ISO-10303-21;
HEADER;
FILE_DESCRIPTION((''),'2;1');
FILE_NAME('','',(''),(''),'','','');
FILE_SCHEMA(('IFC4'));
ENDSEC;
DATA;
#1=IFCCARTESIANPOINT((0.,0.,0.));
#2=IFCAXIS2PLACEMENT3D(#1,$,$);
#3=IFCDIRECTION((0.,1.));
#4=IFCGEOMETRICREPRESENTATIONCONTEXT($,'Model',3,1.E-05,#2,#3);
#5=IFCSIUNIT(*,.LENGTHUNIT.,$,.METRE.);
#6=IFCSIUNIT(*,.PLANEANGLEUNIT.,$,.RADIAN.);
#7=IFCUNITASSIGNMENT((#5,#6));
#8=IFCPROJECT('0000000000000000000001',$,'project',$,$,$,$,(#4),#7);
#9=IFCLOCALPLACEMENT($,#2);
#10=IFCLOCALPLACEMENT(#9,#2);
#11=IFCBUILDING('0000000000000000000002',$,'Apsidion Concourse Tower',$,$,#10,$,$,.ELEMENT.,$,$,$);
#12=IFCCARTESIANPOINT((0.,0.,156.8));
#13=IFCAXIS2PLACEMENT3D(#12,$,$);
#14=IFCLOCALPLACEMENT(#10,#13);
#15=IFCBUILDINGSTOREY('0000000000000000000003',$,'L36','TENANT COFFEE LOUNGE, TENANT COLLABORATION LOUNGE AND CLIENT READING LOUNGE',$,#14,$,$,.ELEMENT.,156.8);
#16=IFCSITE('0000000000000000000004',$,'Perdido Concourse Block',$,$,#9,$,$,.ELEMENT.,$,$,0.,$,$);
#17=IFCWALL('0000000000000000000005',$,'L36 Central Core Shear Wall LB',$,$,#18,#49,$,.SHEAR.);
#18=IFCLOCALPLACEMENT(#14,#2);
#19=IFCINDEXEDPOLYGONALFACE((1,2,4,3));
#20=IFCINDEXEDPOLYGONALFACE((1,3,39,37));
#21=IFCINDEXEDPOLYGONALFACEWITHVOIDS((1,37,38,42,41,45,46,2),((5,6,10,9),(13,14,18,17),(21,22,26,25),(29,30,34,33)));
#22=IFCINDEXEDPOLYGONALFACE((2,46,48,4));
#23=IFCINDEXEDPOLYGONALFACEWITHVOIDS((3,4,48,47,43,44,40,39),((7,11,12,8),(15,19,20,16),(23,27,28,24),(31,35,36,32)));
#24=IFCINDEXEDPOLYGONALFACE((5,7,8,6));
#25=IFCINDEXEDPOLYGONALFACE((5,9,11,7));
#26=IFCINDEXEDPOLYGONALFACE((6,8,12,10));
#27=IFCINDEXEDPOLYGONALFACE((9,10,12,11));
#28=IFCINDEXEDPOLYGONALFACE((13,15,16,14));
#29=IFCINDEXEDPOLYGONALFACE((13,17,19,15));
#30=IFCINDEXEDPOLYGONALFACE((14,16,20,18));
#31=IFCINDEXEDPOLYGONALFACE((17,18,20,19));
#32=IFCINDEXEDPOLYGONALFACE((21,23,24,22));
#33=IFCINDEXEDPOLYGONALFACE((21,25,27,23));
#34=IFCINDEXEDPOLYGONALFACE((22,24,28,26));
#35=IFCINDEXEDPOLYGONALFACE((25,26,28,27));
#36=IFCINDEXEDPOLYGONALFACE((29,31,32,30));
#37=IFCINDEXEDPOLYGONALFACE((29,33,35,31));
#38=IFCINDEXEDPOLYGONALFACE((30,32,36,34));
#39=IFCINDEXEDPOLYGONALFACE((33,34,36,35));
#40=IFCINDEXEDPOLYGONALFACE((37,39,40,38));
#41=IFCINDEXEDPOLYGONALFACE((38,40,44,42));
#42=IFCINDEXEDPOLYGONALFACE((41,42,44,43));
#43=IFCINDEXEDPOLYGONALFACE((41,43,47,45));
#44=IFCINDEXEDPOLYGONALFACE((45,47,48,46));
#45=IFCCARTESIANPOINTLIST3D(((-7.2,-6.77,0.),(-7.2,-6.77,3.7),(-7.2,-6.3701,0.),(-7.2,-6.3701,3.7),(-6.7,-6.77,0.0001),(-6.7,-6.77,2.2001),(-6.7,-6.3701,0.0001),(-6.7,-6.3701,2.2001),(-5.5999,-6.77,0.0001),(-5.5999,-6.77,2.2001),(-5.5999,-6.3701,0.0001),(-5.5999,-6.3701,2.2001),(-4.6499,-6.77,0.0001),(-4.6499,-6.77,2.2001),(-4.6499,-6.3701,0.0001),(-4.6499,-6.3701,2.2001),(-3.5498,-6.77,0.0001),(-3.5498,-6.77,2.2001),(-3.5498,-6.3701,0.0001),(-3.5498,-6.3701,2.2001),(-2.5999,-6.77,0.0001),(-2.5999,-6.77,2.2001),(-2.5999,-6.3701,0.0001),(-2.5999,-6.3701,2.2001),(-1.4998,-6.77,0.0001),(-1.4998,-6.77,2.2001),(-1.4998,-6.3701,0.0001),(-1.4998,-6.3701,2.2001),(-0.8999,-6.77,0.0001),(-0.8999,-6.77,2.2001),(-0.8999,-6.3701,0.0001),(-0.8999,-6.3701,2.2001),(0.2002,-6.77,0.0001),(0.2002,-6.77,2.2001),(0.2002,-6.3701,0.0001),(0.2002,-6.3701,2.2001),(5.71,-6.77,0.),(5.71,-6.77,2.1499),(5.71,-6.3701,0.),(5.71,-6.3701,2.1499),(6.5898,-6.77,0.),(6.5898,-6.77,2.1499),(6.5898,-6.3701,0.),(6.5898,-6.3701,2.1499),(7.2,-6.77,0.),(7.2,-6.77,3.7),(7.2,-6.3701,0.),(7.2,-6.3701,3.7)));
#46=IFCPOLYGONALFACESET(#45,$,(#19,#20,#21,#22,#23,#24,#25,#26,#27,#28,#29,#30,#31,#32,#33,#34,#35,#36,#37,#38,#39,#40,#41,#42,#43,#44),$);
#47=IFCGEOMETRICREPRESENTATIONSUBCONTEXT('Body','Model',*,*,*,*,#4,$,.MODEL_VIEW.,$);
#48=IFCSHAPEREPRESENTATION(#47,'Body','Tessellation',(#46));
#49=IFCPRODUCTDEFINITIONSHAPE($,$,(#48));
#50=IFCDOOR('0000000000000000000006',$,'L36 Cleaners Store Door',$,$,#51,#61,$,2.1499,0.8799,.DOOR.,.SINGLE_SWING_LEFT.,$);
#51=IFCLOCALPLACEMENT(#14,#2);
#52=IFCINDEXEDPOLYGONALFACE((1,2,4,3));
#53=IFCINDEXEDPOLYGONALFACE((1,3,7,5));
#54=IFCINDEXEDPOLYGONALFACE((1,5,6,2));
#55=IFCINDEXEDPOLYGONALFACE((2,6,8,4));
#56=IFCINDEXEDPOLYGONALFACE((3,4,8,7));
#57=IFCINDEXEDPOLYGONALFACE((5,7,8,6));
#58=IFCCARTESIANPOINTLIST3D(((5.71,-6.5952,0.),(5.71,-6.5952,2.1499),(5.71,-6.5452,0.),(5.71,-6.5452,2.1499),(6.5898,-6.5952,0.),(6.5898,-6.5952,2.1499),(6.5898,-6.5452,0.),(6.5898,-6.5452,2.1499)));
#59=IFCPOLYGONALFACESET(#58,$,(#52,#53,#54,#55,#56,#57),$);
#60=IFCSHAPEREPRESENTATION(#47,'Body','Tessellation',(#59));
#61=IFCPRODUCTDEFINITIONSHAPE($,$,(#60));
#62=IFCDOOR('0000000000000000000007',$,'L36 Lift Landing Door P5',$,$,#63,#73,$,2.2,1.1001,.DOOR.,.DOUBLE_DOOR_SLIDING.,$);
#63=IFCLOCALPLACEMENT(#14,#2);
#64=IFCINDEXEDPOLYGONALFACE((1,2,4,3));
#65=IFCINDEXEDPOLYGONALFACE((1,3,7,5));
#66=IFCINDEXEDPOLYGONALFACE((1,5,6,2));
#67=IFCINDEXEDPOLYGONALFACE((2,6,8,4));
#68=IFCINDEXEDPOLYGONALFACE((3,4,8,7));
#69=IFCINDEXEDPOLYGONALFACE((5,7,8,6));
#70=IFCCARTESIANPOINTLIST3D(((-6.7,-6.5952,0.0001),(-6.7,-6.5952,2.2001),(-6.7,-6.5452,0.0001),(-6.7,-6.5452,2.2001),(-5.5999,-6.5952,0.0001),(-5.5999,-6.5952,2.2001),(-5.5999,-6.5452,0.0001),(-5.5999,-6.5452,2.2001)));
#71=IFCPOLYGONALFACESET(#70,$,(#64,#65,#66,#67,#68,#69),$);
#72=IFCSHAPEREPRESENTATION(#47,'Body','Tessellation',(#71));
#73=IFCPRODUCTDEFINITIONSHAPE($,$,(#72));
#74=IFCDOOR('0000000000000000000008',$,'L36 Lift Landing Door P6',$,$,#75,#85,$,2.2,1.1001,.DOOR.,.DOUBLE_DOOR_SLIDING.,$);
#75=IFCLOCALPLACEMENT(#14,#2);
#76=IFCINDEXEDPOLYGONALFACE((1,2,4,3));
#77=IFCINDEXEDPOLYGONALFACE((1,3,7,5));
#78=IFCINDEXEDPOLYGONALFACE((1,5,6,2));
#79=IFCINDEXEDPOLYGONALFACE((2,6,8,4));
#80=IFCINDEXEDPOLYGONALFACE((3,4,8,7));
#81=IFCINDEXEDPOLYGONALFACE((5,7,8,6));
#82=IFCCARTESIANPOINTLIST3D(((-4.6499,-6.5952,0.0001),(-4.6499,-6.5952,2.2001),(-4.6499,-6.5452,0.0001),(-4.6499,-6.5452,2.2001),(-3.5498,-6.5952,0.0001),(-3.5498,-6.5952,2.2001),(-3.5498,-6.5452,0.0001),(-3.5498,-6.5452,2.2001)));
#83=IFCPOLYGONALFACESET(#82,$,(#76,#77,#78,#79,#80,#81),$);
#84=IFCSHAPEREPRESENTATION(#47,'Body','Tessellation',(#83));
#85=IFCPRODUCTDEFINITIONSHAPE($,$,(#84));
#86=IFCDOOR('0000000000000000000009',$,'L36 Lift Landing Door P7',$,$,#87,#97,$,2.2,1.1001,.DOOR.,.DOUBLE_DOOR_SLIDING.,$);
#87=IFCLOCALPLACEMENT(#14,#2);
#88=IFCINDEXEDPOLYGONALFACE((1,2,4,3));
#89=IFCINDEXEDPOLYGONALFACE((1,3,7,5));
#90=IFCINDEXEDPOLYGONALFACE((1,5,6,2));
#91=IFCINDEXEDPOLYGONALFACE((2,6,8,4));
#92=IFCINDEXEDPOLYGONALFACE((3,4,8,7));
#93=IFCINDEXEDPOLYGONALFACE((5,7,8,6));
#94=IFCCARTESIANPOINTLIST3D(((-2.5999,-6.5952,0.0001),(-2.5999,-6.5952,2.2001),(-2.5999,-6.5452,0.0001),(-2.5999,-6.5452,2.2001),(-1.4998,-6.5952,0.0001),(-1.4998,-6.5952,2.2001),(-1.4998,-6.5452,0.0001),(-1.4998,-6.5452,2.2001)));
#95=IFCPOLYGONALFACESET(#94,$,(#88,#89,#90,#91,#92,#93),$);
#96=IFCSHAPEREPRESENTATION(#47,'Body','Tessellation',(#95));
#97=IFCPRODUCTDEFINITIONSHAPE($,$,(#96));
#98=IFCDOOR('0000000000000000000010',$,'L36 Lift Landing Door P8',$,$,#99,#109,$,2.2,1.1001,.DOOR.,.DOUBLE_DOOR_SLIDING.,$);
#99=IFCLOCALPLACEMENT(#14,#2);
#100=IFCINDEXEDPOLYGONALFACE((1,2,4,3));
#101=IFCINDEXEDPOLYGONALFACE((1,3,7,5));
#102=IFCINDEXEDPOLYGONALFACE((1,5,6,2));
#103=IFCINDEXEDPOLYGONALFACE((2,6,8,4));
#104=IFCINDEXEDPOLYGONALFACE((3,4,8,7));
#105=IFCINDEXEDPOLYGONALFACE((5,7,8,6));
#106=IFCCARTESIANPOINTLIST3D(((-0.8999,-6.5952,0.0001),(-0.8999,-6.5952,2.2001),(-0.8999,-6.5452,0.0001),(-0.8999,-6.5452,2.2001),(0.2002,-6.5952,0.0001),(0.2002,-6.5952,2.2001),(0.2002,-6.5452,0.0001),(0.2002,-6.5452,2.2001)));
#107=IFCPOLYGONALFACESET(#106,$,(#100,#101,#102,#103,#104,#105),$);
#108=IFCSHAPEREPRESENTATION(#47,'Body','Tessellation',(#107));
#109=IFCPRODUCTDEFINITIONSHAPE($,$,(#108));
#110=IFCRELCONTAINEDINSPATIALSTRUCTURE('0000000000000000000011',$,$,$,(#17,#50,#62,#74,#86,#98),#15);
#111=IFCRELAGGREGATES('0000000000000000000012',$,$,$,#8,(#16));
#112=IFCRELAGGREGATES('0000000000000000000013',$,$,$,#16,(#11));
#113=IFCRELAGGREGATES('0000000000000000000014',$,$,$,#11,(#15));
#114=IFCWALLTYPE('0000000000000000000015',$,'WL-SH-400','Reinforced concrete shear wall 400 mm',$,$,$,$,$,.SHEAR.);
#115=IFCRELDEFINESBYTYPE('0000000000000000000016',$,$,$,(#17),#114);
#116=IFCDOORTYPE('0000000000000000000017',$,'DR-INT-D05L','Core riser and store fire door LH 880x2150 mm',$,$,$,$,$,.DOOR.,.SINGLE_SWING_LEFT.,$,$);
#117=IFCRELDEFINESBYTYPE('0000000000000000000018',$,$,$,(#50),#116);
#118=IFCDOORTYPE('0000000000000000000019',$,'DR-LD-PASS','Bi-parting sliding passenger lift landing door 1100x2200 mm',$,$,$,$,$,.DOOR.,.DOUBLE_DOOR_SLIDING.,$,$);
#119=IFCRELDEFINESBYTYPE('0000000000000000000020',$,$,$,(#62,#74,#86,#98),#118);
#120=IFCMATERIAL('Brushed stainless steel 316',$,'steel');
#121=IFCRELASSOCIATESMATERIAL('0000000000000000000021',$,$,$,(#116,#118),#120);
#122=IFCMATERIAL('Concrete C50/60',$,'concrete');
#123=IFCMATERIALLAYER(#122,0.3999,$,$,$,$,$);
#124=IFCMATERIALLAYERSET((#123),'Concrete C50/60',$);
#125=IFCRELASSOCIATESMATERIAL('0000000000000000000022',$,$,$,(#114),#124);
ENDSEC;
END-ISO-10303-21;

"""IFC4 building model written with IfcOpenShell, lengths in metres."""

from ifc_helpers import new_model, si_unit, direction, frame, frame_2d, origin, place, context, subcontext, project, spatial, rectangle, extrude, material, layer, layer_set, type_object, element, fill, save


model = new_model("IFC4")

# Units and contexts
model_context = context("Model", 3, precision=1e-05, world=origin(), true_north=direction((0.0, 1.0)))
body_context = subcontext(model_context, "Body", "Model", "MODEL_VIEW")
ifc_project = project(units=[si_unit("LENGTHUNIT", "METRE"), si_unit("PLANEANGLEUNIT", "RADIAN")], contexts=[model_context])

# Site, building, storey
site_placement = place(None, origin())
site = spatial("IfcSite", under=ifc_project, at=site_placement, Name="Perdido Concourse Block", CompositionType="ELEMENT", RefElevation=0.0)
building_placement = place(site_placement, origin())
building = spatial("IfcBuilding", under=site, at=building_placement, Name="Apsidion Concourse Tower", CompositionType="ELEMENT")
storey_placement = place(building_placement, frame((0.0, 0.0, 156.8)))
storey = spatial("IfcBuildingStorey", under=building, at=storey_placement, Name="L36", Description="TENANT COFFEE LOUNGE, TENANT COLLABORATION LOUNGE AND CLIENT READING LOUNGE", CompositionType="ELEMENT", Elevation=156.8)

# Shared definitions
ifc_material_1 = material(Name="Concrete C50/60", Category="concrete")

# Shared definitions
ifc_material_2 = material(Name="Brushed stainless steel 316", Category="steel")
door_type_1 = type_object("IfcDoorType", Name="DR-INT-D05L", Description="Core riser and store fire door LH 880x2150 mm", OperationType="SINGLE_SWING_LEFT", PredefinedType="DOOR", material=ifc_material_2)

# Shared definitions
ifc_layer_1 = layer(ifc_material_1, 0.3999)
ifc_layer_set_1 = layer_set([ifc_layer_1], Name="Concrete C50/60")
wall_type_1 = type_object("IfcWallType", Name="WL-SH-400", Description="Reinforced concrete shear wall 400 mm", PredefinedType="SHEAR", material=ifc_layer_set_1)

# Wall, openings, doors
wall_1_placement = place(storey_placement, frame((-7.2, -6.5701, 0.0), z_axis=(0.0, 0.0, 1.0), x_axis=(1.0, 0.0, 0.0)))
wall_1 = element("IfcWall", 1, at=wall_1_placement, inside=storey, type_object=wall_type_1, Name="L36 Central Core Shear Wall LB", PredefinedType="SHEAR", context=body_context, shape_type="SweptSolid", body=[
    extrude(rectangle(XDim=14.3999, YDim=0.3999, at=frame_2d((7.2, 0.0))), origin(), (0.0, 0.0, 1.0), 3.7),
])
opening_1_placement = place(wall_1_placement, frame((0.5, 0.0, 0.0)))
opening_1 = element("IfcOpeningElement", 2, at=opening_1_placement, cuts=wall_1, PredefinedType="OPENING", context=body_context, shape_type="SweptSolid", body=[
    extrude(rectangle(XDim=1.1001, YDim=2.2, at=frame_2d((0.55, 1.1001))), frame((0.0, 0.21, 0.0), z_axis=(0.0, -1.0, 0.0), x_axis=(1.0, 0.0, 0.0)), (0.0, 0.0, 1.0), 0.4199),
])
opening_2_placement = place(wall_1_placement, frame((2.55, 0.0, 0.0)))
opening_2 = element("IfcOpeningElement", 3, at=opening_2_placement, cuts=wall_1, PredefinedType="OPENING", context=body_context, shape_type="SweptSolid", body=[
    extrude(rectangle(XDim=1.1001, YDim=2.2, at=frame_2d((0.55, 1.1001))), frame((0.0, 0.21, 0.0), z_axis=(0.0, -1.0, 0.0), x_axis=(1.0, 0.0, 0.0)), (0.0, 0.0, 1.0), 0.4199),
])
opening_3_placement = place(wall_1_placement, frame((4.6001, 0.0, 0.0)))
opening_3 = element("IfcOpeningElement", 4, at=opening_3_placement, cuts=wall_1, PredefinedType="OPENING", context=body_context, shape_type="SweptSolid", body=[
    extrude(rectangle(XDim=1.1001, YDim=2.2, at=frame_2d((0.55, 1.1001))), frame((0.0, 0.21, 0.0), z_axis=(0.0, -1.0, 0.0), x_axis=(1.0, 0.0, 0.0)), (0.0, 0.0, 1.0), 0.4199),
])
opening_4_placement = place(wall_1_placement, frame((6.3, 0.0, 0.0)))
opening_4 = element("IfcOpeningElement", 5, at=opening_4_placement, cuts=wall_1, PredefinedType="OPENING", context=body_context, shape_type="SweptSolid", body=[
    extrude(rectangle(XDim=1.1001, YDim=2.2, at=frame_2d((0.55, 1.1001))), frame((0.0, 0.21, 0.0), z_axis=(0.0, -1.0, 0.0), x_axis=(1.0, 0.0, 0.0)), (0.0, 0.0, 1.0), 0.4199),
])
opening_5_placement = place(wall_1_placement, frame((12.9099, 0.0, 0.0)))
opening_5 = element("IfcOpeningElement", 6, at=opening_5_placement, cuts=wall_1, PredefinedType="OPENING", context=body_context, shape_type="SweptSolid", body=[
    extrude(rectangle(XDim=0.8799, YDim=2.1499, at=frame_2d((0.4399, 1.075))), frame((0.0, 0.21, 0.0), z_axis=(0.0, -1.0, 0.0), x_axis=(1.0, 0.0, 0.0)), (0.0, 0.0, 1.0), 0.4199),
])
door_1_placement = place(opening_5_placement, origin())
door_1 = element("IfcDoor", 7, at=door_1_placement, inside=storey, type_object=door_type_1, Name="L36 Cleaners Store Door", OperationType="SINGLE_SWING_LEFT", OverallHeight=2.1499, OverallWidth=0.8799, PredefinedType="DOOR", context=body_context, shape_type="SweptSolid", body=[
    extrude(rectangle(XDim=0.8799, YDim=2.1499, at=frame_2d((0.4399, 1.075))), frame((0.0, 0.0249, 0.0), z_axis=(0.0, -1.0, 0.0), x_axis=(1.0, 0.0, 0.0)), (0.0, 0.0, 1.0), 0.05),
])
fill(opening_5, door_1)
door_type_2 = type_object("IfcDoorType", Name="DR-LD-PASS", Description="Bi-parting sliding passenger lift landing door 1100x2200 mm", OperationType="DOUBLE_DOOR_SLIDING", PredefinedType="DOOR", material=ifc_material_2)
door_2_placement = place(opening_1_placement, origin())
door_2 = element("IfcDoor", 8, at=door_2_placement, inside=storey, type_object=door_type_2, Name="L36 Lift Landing Door P5", OperationType="DOUBLE_DOOR_SLIDING", OverallHeight=2.2, OverallWidth=1.1001, PredefinedType="DOOR", context=body_context, shape_type="SweptSolid", body=[
    extrude(rectangle(XDim=1.1001, YDim=2.2, at=frame_2d((0.55, 1.1001))), frame((0.0, 0.0249, 0.0), z_axis=(0.0, -1.0, 0.0), x_axis=(1.0, 0.0, 0.0)), (0.0, 0.0, 1.0), 0.05),
])
fill(opening_1, door_2)
door_3_placement = place(opening_2_placement, origin())
door_3 = element("IfcDoor", 9, at=door_3_placement, inside=storey, type_object=door_type_2, Name="L36 Lift Landing Door P6", OperationType="DOUBLE_DOOR_SLIDING", OverallHeight=2.2, OverallWidth=1.1001, PredefinedType="DOOR", context=body_context, shape_type="SweptSolid", body=[
    extrude(rectangle(XDim=1.1001, YDim=2.2, at=frame_2d((0.55, 1.1001))), frame((0.0, 0.0249, 0.0), z_axis=(0.0, -1.0, 0.0), x_axis=(1.0, 0.0, 0.0)), (0.0, 0.0, 1.0), 0.05),
])
fill(opening_2, door_3)
door_4_placement = place(opening_3_placement, origin())
door_4 = element("IfcDoor", 10, at=door_4_placement, inside=storey, type_object=door_type_2, Name="L36 Lift Landing Door P7", OperationType="DOUBLE_DOOR_SLIDING", OverallHeight=2.2, OverallWidth=1.1001, PredefinedType="DOOR", context=body_context, shape_type="SweptSolid", body=[
    extrude(rectangle(XDim=1.1001, YDim=2.2, at=frame_2d((0.55, 1.1001))), frame((0.0, 0.0249, 0.0), z_axis=(0.0, -1.0, 0.0), x_axis=(1.0, 0.0, 0.0)), (0.0, 0.0, 1.0), 0.05),
])
fill(opening_3, door_4)
door_5_placement = place(opening_4_placement, origin())
door_5 = element("IfcDoor", 11, at=door_5_placement, inside=storey, type_object=door_type_2, Name="L36 Lift Landing Door P8", OperationType="DOUBLE_DOOR_SLIDING", OverallHeight=2.2, OverallWidth=1.1001, PredefinedType="DOOR", context=body_context, shape_type="SweptSolid", body=[
    extrude(rectangle(XDim=1.1001, YDim=2.2, at=frame_2d((0.55, 1.1001))), frame((0.0, 0.0249, 0.0), z_axis=(0.0, -1.0, 0.0), x_axis=(1.0, 0.0, 0.0)), (0.0, 0.0, 1.0), 0.05),
])
fill(opening_4, door_5)

save(model, "model.ifc")
